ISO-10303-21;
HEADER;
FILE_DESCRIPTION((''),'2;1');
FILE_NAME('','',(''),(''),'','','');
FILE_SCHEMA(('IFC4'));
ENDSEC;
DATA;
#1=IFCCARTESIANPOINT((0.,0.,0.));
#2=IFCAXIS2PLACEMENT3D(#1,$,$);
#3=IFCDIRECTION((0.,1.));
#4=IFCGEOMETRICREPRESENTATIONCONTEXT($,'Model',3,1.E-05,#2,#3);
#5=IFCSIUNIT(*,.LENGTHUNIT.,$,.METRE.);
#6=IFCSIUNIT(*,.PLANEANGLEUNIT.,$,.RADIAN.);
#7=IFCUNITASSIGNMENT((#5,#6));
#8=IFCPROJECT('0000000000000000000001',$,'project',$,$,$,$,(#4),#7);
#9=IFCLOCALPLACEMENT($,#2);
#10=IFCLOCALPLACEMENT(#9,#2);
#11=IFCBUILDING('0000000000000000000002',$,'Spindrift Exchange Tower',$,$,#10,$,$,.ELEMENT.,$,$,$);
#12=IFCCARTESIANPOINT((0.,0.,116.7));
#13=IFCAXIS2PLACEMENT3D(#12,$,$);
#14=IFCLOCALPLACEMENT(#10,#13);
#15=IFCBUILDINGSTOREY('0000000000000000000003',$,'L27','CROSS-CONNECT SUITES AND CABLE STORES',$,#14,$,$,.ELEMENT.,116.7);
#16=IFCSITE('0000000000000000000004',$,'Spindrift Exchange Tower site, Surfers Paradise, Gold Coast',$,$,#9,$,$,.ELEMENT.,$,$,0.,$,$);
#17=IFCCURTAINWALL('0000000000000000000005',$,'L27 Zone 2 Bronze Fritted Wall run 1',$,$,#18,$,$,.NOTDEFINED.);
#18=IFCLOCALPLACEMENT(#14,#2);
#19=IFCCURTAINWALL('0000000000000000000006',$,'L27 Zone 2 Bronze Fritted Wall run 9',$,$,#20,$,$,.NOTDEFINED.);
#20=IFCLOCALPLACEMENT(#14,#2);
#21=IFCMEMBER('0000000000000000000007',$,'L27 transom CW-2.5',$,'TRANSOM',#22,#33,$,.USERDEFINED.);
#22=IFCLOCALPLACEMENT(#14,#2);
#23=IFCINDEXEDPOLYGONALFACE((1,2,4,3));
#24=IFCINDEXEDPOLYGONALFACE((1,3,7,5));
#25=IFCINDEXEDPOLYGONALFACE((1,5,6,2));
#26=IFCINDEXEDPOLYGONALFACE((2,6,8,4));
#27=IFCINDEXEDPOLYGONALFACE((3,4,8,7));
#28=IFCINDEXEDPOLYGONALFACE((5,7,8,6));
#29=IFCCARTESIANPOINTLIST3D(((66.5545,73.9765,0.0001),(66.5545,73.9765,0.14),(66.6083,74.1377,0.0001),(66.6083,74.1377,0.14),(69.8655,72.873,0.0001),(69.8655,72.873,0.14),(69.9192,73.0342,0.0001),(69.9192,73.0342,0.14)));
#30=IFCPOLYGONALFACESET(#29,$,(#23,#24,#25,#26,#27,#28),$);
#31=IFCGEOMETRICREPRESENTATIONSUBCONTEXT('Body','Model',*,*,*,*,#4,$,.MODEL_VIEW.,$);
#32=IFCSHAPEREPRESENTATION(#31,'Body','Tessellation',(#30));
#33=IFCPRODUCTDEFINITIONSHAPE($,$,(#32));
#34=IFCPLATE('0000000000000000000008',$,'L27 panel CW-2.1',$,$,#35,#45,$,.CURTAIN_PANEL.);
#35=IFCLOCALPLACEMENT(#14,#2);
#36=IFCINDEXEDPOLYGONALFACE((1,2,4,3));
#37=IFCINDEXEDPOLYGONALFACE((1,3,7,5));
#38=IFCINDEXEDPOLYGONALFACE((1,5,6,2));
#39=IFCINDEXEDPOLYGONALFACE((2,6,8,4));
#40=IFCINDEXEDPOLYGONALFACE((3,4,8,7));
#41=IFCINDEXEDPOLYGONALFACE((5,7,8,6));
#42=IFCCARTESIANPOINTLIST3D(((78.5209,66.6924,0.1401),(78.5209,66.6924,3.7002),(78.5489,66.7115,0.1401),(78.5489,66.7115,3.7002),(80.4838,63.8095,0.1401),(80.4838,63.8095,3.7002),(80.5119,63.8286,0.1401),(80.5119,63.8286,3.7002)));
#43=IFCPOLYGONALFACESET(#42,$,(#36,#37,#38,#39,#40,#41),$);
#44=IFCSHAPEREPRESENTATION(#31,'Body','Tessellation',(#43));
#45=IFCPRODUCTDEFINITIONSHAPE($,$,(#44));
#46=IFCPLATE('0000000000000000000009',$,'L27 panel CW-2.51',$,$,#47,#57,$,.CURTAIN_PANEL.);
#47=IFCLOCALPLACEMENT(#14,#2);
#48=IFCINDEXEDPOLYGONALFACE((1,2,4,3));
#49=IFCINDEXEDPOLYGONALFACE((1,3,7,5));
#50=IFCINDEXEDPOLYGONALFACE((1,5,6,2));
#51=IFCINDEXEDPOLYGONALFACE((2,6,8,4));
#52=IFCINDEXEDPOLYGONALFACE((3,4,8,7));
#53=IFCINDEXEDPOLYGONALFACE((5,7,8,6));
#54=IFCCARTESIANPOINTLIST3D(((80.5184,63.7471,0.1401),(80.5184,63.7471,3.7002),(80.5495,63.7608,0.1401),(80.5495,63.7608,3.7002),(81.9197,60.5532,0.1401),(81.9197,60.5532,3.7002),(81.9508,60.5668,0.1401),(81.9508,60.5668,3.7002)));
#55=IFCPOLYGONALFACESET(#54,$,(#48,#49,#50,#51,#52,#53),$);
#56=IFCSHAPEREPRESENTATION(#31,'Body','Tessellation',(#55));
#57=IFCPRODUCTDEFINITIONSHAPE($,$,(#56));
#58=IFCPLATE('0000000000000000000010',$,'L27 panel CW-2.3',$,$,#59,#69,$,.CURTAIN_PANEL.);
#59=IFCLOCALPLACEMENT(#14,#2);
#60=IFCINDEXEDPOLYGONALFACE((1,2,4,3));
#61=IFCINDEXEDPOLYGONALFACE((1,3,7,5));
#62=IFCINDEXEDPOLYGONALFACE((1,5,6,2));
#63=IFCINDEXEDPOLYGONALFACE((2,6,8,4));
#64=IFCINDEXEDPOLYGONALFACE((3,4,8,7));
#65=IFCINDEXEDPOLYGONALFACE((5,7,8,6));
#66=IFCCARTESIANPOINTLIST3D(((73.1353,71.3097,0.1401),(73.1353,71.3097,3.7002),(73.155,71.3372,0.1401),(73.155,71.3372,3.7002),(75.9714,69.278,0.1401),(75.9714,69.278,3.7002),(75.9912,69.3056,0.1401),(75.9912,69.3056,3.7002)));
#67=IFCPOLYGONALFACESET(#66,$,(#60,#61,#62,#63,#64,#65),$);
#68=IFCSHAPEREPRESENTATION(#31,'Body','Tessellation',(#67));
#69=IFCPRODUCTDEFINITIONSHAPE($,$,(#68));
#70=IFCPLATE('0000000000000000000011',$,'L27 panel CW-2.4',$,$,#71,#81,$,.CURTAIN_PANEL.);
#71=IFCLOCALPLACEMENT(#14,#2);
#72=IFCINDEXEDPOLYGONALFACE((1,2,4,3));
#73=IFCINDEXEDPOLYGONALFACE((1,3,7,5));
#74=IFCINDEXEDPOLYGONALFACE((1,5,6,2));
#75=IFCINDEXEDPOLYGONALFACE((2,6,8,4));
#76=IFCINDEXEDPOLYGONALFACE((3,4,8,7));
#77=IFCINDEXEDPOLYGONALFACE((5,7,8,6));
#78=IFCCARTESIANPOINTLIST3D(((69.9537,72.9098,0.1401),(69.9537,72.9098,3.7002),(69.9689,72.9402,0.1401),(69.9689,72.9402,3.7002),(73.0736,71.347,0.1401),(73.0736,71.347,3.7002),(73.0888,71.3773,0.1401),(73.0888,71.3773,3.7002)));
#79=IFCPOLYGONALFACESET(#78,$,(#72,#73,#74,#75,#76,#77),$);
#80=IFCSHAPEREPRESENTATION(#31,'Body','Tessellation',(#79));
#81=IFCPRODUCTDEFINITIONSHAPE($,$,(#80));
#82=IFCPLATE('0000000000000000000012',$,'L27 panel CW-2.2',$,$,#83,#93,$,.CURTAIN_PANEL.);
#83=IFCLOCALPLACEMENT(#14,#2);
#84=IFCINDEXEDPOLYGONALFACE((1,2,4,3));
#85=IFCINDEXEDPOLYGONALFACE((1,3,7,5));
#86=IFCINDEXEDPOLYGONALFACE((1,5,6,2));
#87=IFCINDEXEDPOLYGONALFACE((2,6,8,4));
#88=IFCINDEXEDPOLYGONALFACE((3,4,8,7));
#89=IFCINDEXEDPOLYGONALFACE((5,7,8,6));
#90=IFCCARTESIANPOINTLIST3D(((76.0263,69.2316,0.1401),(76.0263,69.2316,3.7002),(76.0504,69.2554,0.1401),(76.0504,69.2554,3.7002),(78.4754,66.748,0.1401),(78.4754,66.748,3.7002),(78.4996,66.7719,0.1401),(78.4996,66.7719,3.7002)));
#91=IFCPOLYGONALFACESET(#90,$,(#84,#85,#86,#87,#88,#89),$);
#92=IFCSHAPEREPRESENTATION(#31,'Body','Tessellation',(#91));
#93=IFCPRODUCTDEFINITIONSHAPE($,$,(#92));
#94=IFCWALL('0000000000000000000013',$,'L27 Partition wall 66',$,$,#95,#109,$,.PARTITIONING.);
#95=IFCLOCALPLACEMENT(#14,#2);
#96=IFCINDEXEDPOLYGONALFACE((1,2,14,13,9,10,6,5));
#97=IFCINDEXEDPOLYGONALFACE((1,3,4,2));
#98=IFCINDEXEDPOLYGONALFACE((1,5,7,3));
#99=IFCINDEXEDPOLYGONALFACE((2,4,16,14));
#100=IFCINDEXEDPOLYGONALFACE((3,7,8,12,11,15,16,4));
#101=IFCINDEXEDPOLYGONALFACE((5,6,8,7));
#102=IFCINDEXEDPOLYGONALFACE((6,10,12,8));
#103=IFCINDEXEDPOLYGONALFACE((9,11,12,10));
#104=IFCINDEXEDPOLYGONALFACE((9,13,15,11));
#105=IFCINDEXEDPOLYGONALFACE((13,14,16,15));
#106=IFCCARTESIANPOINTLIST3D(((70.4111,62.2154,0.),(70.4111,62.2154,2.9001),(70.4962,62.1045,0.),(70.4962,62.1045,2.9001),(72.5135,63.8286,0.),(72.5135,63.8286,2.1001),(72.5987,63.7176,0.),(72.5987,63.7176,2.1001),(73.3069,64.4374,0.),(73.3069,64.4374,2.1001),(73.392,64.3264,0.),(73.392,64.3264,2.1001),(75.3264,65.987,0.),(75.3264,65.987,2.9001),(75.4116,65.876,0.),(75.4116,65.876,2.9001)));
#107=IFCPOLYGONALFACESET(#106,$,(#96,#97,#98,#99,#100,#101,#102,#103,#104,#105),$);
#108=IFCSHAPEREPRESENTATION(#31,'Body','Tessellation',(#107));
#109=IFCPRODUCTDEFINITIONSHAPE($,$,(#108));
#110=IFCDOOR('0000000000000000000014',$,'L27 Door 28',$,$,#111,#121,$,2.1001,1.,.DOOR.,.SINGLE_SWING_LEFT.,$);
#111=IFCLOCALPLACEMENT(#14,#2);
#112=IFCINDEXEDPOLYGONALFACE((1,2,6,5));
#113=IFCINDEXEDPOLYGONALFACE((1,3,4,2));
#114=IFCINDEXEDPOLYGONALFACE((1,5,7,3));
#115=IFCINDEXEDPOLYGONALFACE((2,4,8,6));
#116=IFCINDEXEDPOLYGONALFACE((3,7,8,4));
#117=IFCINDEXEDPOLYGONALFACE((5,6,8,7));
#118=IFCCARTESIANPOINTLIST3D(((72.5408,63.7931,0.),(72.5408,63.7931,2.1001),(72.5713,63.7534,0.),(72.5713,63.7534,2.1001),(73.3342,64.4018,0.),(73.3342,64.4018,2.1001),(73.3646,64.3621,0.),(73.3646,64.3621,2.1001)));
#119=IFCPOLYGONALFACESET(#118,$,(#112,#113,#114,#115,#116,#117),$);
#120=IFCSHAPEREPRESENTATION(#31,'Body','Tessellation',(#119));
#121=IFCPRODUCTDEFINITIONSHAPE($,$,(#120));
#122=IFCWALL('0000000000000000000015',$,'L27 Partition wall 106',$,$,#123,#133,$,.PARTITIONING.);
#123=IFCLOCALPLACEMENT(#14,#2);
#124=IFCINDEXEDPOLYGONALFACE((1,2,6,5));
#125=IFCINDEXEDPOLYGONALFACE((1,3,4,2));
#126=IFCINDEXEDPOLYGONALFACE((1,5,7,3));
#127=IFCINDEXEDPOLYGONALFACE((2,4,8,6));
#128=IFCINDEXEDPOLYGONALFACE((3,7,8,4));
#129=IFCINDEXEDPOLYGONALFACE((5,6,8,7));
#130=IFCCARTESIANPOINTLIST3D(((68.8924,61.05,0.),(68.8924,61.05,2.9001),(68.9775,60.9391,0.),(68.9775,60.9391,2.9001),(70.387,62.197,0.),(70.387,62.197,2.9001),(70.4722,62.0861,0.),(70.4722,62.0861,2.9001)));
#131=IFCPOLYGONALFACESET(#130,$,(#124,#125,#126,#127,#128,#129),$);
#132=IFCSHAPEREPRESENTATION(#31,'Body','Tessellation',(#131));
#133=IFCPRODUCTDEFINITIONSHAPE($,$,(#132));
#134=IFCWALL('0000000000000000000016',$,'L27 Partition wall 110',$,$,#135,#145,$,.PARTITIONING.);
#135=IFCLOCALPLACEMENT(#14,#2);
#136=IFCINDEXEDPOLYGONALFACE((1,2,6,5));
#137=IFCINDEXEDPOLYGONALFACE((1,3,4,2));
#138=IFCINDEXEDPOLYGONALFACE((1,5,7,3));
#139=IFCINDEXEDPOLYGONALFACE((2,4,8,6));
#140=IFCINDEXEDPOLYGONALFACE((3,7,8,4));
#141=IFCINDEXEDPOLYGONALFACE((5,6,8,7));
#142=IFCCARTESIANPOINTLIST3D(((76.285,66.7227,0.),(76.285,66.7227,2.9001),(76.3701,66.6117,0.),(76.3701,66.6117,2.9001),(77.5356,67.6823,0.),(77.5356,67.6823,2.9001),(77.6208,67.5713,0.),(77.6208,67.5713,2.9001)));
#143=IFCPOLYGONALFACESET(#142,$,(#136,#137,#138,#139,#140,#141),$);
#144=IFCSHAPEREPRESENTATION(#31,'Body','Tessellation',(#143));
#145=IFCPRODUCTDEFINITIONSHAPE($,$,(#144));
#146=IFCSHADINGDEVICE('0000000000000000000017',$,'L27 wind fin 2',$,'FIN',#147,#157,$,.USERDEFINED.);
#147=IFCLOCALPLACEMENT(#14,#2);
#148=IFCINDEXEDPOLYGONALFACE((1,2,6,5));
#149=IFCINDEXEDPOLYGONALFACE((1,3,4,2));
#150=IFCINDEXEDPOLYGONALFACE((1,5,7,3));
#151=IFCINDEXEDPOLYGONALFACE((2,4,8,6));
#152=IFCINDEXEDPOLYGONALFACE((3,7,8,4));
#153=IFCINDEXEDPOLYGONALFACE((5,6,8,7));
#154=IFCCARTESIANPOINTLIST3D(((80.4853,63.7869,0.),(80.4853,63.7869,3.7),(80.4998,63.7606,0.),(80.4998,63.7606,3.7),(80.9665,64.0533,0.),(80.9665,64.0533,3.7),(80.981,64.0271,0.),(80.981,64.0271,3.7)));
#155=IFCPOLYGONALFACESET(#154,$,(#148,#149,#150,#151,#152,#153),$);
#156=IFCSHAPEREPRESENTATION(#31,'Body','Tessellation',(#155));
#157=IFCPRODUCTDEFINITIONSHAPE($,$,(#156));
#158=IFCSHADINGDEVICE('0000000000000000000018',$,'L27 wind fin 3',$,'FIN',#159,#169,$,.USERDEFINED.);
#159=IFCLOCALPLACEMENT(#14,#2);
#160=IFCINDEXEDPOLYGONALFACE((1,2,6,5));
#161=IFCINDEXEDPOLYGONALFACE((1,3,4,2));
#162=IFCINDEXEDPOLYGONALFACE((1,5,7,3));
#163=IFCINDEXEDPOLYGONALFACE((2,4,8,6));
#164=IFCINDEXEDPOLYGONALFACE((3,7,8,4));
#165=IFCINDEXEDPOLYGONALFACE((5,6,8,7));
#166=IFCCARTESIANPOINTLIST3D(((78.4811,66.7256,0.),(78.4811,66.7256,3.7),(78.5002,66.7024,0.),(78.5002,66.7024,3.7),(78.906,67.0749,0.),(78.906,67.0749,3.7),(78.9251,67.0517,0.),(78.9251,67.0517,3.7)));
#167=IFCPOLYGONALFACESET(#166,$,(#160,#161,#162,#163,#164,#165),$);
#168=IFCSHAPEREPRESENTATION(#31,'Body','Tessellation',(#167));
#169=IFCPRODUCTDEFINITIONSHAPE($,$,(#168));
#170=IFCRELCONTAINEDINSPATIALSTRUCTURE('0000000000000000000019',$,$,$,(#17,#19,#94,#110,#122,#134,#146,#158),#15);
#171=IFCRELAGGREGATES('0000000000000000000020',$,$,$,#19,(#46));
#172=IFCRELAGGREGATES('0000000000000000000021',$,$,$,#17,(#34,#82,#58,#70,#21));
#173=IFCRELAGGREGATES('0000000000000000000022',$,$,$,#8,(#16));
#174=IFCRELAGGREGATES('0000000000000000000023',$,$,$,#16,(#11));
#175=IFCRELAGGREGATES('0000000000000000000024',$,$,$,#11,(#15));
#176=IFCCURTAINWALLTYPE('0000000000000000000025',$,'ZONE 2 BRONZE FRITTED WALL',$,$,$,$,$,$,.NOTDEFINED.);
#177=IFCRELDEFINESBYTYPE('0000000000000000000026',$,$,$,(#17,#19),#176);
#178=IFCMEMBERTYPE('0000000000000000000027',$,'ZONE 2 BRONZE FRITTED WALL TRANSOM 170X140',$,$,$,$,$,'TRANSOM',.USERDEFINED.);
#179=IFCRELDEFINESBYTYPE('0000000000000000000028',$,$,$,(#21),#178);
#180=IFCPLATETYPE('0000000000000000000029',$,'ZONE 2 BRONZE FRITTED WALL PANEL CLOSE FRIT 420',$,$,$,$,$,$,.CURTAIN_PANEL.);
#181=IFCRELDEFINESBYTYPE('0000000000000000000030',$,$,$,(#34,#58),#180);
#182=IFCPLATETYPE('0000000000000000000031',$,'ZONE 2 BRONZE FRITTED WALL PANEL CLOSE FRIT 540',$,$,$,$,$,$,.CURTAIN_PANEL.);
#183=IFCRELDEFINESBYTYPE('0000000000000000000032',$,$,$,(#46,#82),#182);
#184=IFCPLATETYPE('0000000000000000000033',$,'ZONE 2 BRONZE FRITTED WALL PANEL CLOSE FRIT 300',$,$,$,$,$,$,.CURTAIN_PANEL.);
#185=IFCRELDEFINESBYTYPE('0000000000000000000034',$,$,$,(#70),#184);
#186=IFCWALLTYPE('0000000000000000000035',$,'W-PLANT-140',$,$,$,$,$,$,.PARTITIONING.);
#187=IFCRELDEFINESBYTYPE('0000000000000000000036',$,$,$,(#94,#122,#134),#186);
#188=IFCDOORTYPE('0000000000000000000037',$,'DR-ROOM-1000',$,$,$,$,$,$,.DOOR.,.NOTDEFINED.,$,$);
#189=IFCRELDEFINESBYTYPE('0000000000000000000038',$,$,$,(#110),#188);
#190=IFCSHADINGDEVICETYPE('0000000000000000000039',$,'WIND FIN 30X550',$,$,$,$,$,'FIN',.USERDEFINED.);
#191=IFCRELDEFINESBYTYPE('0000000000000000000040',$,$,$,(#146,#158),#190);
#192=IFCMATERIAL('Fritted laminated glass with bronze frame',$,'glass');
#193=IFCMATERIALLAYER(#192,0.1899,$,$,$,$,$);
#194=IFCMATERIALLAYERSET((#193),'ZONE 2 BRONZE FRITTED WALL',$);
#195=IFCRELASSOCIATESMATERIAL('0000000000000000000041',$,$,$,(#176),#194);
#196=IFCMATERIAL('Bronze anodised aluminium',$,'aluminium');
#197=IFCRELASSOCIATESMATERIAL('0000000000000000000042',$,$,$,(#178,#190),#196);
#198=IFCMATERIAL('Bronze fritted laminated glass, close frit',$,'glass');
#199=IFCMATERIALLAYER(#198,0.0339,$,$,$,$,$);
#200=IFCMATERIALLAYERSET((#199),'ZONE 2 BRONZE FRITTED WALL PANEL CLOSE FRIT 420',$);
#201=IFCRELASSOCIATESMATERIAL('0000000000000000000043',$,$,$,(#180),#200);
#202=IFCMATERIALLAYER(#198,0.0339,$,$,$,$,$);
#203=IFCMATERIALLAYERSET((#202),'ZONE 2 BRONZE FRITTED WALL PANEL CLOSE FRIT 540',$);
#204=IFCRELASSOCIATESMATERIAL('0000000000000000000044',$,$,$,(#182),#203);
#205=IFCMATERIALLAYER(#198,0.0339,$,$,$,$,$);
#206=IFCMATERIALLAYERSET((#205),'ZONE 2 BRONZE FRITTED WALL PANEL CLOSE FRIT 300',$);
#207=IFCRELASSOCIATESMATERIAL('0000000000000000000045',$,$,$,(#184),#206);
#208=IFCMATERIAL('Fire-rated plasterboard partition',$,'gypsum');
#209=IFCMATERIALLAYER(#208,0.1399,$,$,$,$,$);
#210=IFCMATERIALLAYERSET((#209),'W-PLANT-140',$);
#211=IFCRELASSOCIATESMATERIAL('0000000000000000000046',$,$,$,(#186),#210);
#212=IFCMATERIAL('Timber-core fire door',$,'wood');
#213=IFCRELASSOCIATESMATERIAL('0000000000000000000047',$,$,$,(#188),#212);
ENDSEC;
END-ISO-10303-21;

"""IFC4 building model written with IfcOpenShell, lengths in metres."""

from ifc_helpers import new_model, si_unit, direction, frame, frame_2d, origin, origin_2d, place, context, subcontext, project, spatial, rectangle, extrude, source, transform, mapped, material, layer, layer_set, material_profile, profile_set, type_object, element, fill, aggregate, save


model = new_model("IFC4")

# Units and contexts
model_context = context("Model", 3, precision=1e-05, world=origin(), true_north=direction((0.0, 1.0)))
body_context = subcontext(model_context, "Body", "Model", "MODEL_VIEW")
ifc_project = project(units=[si_unit("LENGTHUNIT", "METRE"), si_unit("PLANEANGLEUNIT", "RADIAN")], contexts=[model_context])

# Site, building, storey
site_placement = place(None, origin())
site = spatial("IfcSite", under=ifc_project, at=site_placement, Name="Spindrift Exchange Tower site, Surfers Paradise, Gold Coast", CompositionType="ELEMENT", RefElevation=0.0)
building_placement = place(site_placement, origin())
building = spatial("IfcBuilding", under=site, at=building_placement, Name="Spindrift Exchange Tower", CompositionType="ELEMENT")
storey_placement = place(building_placement, frame((0.0, 0.0, 116.7)))
storey = spatial("IfcBuildingStorey", under=building, at=storey_placement, Name="L27", Description="CROSS-CONNECT SUITES AND CABLE STORES", CompositionType="ELEMENT", Elevation=116.7)

# Curtain wall
ifc_material_1 = material(Name="Fritted laminated glass with bronze frame", Category="glass")
ifc_layer_1 = layer(ifc_material_1, 0.1899)
ifc_layer_set_1 = layer_set([ifc_layer_1], Name="ZONE 2 BRONZE FRITTED WALL")
curtain_wall_type = type_object("IfcCurtainWallType", Name="ZONE 2 BRONZE FRITTED WALL", PredefinedType="NOTDEFINED", material=ifc_layer_set_1)
curtain_wall_1_placement = place(storey_placement, origin())
curtain_wall_1 = element("IfcCurtainWall", 1, at=curtain_wall_1_placement, inside=storey, type_object=curtain_wall_type, Name="L27 Zone 2 Bronze Fritted Wall run 1", PredefinedType="NOTDEFINED")
ifc_material_2 = material(Name="Bronze anodised aluminium", Category="aluminium")
ifc_material_profile_1 = material_profile(ifc_material_2, rectangle(XDim=0.1699, YDim=0.1399, at=origin_2d()), Name="ZONE 2 BRONZE FRITTED WALL TRANSOM 170X140")
ifc_profile_set_1 = profile_set([ifc_material_profile_1], Name="Bronze anodised aluminium")
member_type_1 = type_object("IfcMemberType", Name="ZONE 2 BRONZE FRITTED WALL TRANSOM 170X140", ElementType="TRANSOM", PredefinedType="USERDEFINED", material=ifc_profile_set_1)

# Curtain wall
curtain_wall_2_placement = place(storey_placement, origin())
curtain_wall_2 = element("IfcCurtainWall", 2, at=curtain_wall_2_placement, inside=storey, type_object=curtain_wall_type, Name="L27 Zone 2 Bronze Fritted Wall run 9", PredefinedType="NOTDEFINED")

# Member
shared_shape_1 = source(origin(), body_context, "Body", "SweptSolid", [
    extrude(rectangle(XDim=0.1699, YDim=0.1399, at=origin_2d()), origin(), (0.0, 0.0, 1.0), 3.49),
])
member_1_placement = place(storey_placement, frame((69.8923, 72.9536, 0.0701), z_axis=(-0.948697, 0.316186, 0.0), x_axis=(-0.316186, -0.948697, 0.0)))
member_1 = element("IfcMember", 3, at=member_1_placement, type_object=member_type_1, Name="L27 transom CW-2.5", ObjectType="TRANSOM", PredefinedType="USERDEFINED", context=body_context, shape_type="MappedRepresentation", body=[
    mapped(shared_shape_1, transform((0.0, 0.0, 0.0), scale=1.0)),
])

# Plates
ifc_material_3 = material(Name="Bronze fritted laminated glass, close frit", Category="glass")
ifc_layer_2 = layer(ifc_material_3, 0.0339)
ifc_layer_set_2 = layer_set([ifc_layer_2], Name="ZONE 2 BRONZE FRITTED WALL PANEL CLOSE FRIT 420")
plate_type_1 = type_object("IfcPlateType", Name="ZONE 2 BRONZE FRITTED WALL PANEL CLOSE FRIT 420", PredefinedType="CURTAIN_PANEL", material=ifc_layer_set_2)
shared_shape_2 = source(origin(), body_context, "Body", "SweptSolid", [
    extrude(rectangle(XDim=3.4878, YDim=0.0339, at=origin_2d()), origin(), (0.0, 0.0, 1.0), 3.5601),
])
plate_1_placement = place(storey_placement, frame((79.5164, 65.2605, 0.1401), z_axis=(0.0, 0.0, 1.0), x_axis=(-0.562803, 0.826591, 0.0)))
plate_1 = element("IfcPlate", 4, at=plate_1_placement, type_object=plate_type_1, Name="L27 panel CW-2.1", PredefinedType="CURTAIN_PANEL", context=body_context, shape_type="MappedRepresentation", body=[
    mapped(shared_shape_2, transform((0.0, 0.0, 0.0), scale=1.0)),
])
ifc_layer_3 = layer(ifc_material_3, 0.0339)
ifc_layer_set_3 = layer_set([ifc_layer_3], Name="ZONE 2 BRONZE FRITTED WALL PANEL CLOSE FRIT 540")
plate_type_2 = type_object("IfcPlateType", Name="ZONE 2 BRONZE FRITTED WALL PANEL CLOSE FRIT 540", PredefinedType="CURTAIN_PANEL", material=ifc_layer_set_3)
shared_shape_3 = source(origin(), body_context, "Body", "SweptSolid", [
    extrude(rectangle(XDim=3.4878, YDim=0.0339, at=origin_2d()), origin(), (0.0, 0.0, 1.0), 3.5601),
])
plate_2_placement = place(storey_placement, frame((81.2346, 62.157, 0.1401), z_axis=(0.0, 0.0, 1.0), x_axis=(-0.401774, 0.915739, 0.0)))
plate_2 = element("IfcPlate", 5, at=plate_2_placement, type_object=plate_type_2, Name="L27 panel CW-2.51", PredefinedType="CURTAIN_PANEL", context=body_context, shape_type="MappedRepresentation", body=[
    mapped(shared_shape_3, transform((0.0, 0.0, 0.0), scale=1.0)),
])
aggregate(curtain_wall_2, [plate_2])
shared_shape_4 = source(origin(), body_context, "Body", "SweptSolid", [
    extrude(rectangle(XDim=3.4888, YDim=0.0339, at=origin_2d()), origin(), (0.0, 0.0, 1.0), 3.5601),
])
plate_3_placement = place(storey_placement, frame((74.5632, 70.3076, 0.1401), z_axis=(0.0, 0.0, 1.0), x_axis=(-0.812944, 0.582341, 0.0)))
plate_3 = element("IfcPlate", 6, at=plate_3_placement, type_object=plate_type_1, Name="L27 panel CW-2.3", PredefinedType="CURTAIN_PANEL", context=body_context, shape_type="MappedRepresentation", body=[
    mapped(shared_shape_4, transform((0.0, 0.0, 0.0), scale=1.0)),
])
ifc_layer_4 = layer(ifc_material_3, 0.0339)
ifc_layer_set_4 = layer_set([ifc_layer_4], Name="ZONE 2 BRONZE FRITTED WALL PANEL CLOSE FRIT 300")
plate_type_3 = type_object("IfcPlateType", Name="ZONE 2 BRONZE FRITTED WALL PANEL CLOSE FRIT 300", PredefinedType="CURTAIN_PANEL", material=ifc_layer_set_4)
shared_shape_5 = source(origin(), body_context, "Body", "SweptSolid", [
    extrude(rectangle(XDim=3.4895, YDim=0.0339, at=origin_2d()), origin(), (0.0, 0.0, 1.0), 3.5601),
])
plate_4_placement = place(storey_placement, frame((71.5212, 72.1436, 0.1401), z_axis=(0.0, 0.0, 1.0), x_axis=(-0.894096, 0.447876, 0.0)))
plate_4 = element("IfcPlate", 7, at=plate_4_placement, type_object=plate_type_3, Name="L27 panel CW-2.4", PredefinedType="CURTAIN_PANEL", context=body_context, shape_type="MappedRepresentation", body=[
    mapped(shared_shape_5, transform((0.0, 0.0, 0.0), scale=1.0)),
])
shared_shape_6 = source(origin(), body_context, "Body", "SweptSolid", [
    extrude(rectangle(XDim=3.488, YDim=0.0339, at=origin_2d()), origin(), (0.0, 0.0, 1.0), 3.5601),
])
plate_5_placement = place(storey_placement, frame((77.2629, 68.0017, 0.1401), z_axis=(0.0, 0.0, 1.0), x_axis=(-0.702164, 0.712015, 0.0)))
plate_5 = element("IfcPlate", 8, at=plate_5_placement, type_object=plate_type_2, Name="L27 panel CW-2.2", PredefinedType="CURTAIN_PANEL", context=body_context, shape_type="MappedRepresentation", body=[
    mapped(shared_shape_6, transform((0.0, 0.0, 0.0), scale=1.0)),
])
aggregate(curtain_wall_1, [plate_1, plate_5, plate_3, plate_4, member_1])

# Wall, opening, door
ifc_material_4 = material(Name="Fire-rated plasterboard partition", Category="gypsum")
ifc_layer_5 = layer(ifc_material_4, 0.1399)
ifc_layer_set_5 = layer_set([ifc_layer_5], Name="W-PLANT-140")
wall_type = type_object("IfcWallType", Name="W-PLANT-140", PredefinedType="PARTITIONING", material=ifc_layer_set_5)
wall_1_placement = place(storey_placement, frame((75.3689, 65.9314, 0.0), z_axis=(0.0, 0.0, 1.0), x_axis=(-0.793365, -0.608747, 0.0)))
wall_1 = element("IfcWall", 9, at=wall_1_placement, inside=storey, type_object=wall_type, Name="L27 Partition wall 66", PredefinedType="PARTITIONING", context=body_context, shape_type="SweptSolid", body=[
    extrude(rectangle(XDim=6.1956, YDim=0.1399, at=frame_2d((3.0977, 0.0))), origin(), (0.0, 0.0, 1.0), 2.9001),
])
opening_placement = place(wall_1_placement, frame((2.5454, 0.0, 0.0)))
opening = element("IfcOpeningElement", 10, at=opening_placement, cuts=wall_1, PredefinedType="OPENING", context=body_context, shape_type="SweptSolid", body=[
    extrude(rectangle(XDim=1.0, YDim=2.1001, at=frame_2d((0.5, 1.05))), frame((0.0, 0.0798, 0.0), z_axis=(0.0, -1.0, 0.0), x_axis=(1.0, 0.0, 0.0)), (0.0, 0.0, 1.0), 0.1599),
])
ifc_material_5 = material(Name="Timber-core fire door", Category="wood")
door_type = type_object("IfcDoorType", Name="DR-ROOM-1000", OperationType="NOTDEFINED", PredefinedType="DOOR", material=ifc_material_5)
shared_shape_7 = source(origin(), body_context, "Body", "SweptSolid", [
    extrude(rectangle(XDim=1.0, YDim=2.1001, at=frame_2d((0.5, 1.05))), frame((0.0, 0.0249, 0.0), z_axis=(0.0, -1.0, 0.0), x_axis=(1.0, 0.0, 0.0)), (0.0, 0.0, 1.0), 0.05),
])
door_placement = place(opening_placement, origin())
door = element("IfcDoor", 11, at=door_placement, inside=storey, type_object=door_type, Name="L27 Door 28", OperationType="SINGLE_SWING_LEFT", OverallHeight=2.1001, OverallWidth=1.0, PredefinedType="DOOR", context=body_context, shape_type="MappedRepresentation", body=[
    mapped(shared_shape_7, transform((0.0, 0.0, 0.0), scale=1.0)),
])
fill(opening, door)

# Walls
wall_2_placement = place(storey_placement, frame((68.9351, 60.9946, 0.0), z_axis=(0.0, 0.0, 1.0), x_axis=(0.793327, 0.608796, 0.0)))
element("IfcWall", 12, at=wall_2_placement, inside=storey, type_object=wall_type, Name="L27 Partition wall 106", PredefinedType="PARTITIONING", context=body_context, shape_type="SweptSolid", body=[
    extrude(rectangle(XDim=1.884, YDim=0.1399, at=frame_2d((0.9419, 0.0))), origin(), (0.0, 0.0, 1.0), 2.9001),
])
wall_3_placement = place(storey_placement, frame((76.3276, 66.6672, 0.0), z_axis=(0.0, 0.0, 1.0), x_axis=(0.793355, 0.60876, 0.0)))
element("IfcWall", 13, at=wall_3_placement, inside=storey, type_object=wall_type, Name="L27 Partition wall 110", PredefinedType="PARTITIONING", context=body_context, shape_type="SweptSolid", body=[
    extrude(rectangle(XDim=1.5764, YDim=0.1399, at=frame_2d((0.7881, 0.0))), origin(), (0.0, 0.0, 1.0), 2.9001),
])

# Shading devices
ifc_material_profile_2 = material_profile(ifc_material_2, rectangle(XDim=0.03, YDim=0.55, at=origin_2d()), Name="WIND FIN 30X550")
ifc_profile_set_2 = profile_set([ifc_material_profile_2], Name="Bronze anodised aluminium")
shading_device_type = type_object("IfcShadingDeviceType", Name="WIND FIN 30X550", ElementType="FIN", PredefinedType="USERDEFINED", material=ifc_profile_set_2)
shared_shape_8 = source(origin(), body_context, "Body", "SweptSolid", [
    extrude(rectangle(XDim=0.03, YDim=0.55, at=origin_2d()), origin(), (0.0, 0.0, 1.0), 3.7),
])
for number, where, z_axis, x_axis, name in (
    (14, (80.7332, 63.907, 0.0), (0.0, 0.0, 1.0), (-0.484344, 0.874878, 0.0), "L27 wind fin 2"),
    (15, (78.7031, 66.8887, 0.0), (0.0, 0.0, 1.0), (-0.635073, 0.772452, 0.0), "L27 wind fin 3"),
):
    element("IfcShadingDevice", number, at=place(storey_placement, frame(where, z_axis=z_axis, x_axis=x_axis)), inside=storey, type_object=shading_device_type, Name=name, ObjectType="FIN", PredefinedType="USERDEFINED", context=body_context, shape_type="MappedRepresentation", body=[
        mapped(shared_shape_8, transform((0.0, 0.0, 0.0), scale=1.0)),
    ])

save(model, "model.ifc")
